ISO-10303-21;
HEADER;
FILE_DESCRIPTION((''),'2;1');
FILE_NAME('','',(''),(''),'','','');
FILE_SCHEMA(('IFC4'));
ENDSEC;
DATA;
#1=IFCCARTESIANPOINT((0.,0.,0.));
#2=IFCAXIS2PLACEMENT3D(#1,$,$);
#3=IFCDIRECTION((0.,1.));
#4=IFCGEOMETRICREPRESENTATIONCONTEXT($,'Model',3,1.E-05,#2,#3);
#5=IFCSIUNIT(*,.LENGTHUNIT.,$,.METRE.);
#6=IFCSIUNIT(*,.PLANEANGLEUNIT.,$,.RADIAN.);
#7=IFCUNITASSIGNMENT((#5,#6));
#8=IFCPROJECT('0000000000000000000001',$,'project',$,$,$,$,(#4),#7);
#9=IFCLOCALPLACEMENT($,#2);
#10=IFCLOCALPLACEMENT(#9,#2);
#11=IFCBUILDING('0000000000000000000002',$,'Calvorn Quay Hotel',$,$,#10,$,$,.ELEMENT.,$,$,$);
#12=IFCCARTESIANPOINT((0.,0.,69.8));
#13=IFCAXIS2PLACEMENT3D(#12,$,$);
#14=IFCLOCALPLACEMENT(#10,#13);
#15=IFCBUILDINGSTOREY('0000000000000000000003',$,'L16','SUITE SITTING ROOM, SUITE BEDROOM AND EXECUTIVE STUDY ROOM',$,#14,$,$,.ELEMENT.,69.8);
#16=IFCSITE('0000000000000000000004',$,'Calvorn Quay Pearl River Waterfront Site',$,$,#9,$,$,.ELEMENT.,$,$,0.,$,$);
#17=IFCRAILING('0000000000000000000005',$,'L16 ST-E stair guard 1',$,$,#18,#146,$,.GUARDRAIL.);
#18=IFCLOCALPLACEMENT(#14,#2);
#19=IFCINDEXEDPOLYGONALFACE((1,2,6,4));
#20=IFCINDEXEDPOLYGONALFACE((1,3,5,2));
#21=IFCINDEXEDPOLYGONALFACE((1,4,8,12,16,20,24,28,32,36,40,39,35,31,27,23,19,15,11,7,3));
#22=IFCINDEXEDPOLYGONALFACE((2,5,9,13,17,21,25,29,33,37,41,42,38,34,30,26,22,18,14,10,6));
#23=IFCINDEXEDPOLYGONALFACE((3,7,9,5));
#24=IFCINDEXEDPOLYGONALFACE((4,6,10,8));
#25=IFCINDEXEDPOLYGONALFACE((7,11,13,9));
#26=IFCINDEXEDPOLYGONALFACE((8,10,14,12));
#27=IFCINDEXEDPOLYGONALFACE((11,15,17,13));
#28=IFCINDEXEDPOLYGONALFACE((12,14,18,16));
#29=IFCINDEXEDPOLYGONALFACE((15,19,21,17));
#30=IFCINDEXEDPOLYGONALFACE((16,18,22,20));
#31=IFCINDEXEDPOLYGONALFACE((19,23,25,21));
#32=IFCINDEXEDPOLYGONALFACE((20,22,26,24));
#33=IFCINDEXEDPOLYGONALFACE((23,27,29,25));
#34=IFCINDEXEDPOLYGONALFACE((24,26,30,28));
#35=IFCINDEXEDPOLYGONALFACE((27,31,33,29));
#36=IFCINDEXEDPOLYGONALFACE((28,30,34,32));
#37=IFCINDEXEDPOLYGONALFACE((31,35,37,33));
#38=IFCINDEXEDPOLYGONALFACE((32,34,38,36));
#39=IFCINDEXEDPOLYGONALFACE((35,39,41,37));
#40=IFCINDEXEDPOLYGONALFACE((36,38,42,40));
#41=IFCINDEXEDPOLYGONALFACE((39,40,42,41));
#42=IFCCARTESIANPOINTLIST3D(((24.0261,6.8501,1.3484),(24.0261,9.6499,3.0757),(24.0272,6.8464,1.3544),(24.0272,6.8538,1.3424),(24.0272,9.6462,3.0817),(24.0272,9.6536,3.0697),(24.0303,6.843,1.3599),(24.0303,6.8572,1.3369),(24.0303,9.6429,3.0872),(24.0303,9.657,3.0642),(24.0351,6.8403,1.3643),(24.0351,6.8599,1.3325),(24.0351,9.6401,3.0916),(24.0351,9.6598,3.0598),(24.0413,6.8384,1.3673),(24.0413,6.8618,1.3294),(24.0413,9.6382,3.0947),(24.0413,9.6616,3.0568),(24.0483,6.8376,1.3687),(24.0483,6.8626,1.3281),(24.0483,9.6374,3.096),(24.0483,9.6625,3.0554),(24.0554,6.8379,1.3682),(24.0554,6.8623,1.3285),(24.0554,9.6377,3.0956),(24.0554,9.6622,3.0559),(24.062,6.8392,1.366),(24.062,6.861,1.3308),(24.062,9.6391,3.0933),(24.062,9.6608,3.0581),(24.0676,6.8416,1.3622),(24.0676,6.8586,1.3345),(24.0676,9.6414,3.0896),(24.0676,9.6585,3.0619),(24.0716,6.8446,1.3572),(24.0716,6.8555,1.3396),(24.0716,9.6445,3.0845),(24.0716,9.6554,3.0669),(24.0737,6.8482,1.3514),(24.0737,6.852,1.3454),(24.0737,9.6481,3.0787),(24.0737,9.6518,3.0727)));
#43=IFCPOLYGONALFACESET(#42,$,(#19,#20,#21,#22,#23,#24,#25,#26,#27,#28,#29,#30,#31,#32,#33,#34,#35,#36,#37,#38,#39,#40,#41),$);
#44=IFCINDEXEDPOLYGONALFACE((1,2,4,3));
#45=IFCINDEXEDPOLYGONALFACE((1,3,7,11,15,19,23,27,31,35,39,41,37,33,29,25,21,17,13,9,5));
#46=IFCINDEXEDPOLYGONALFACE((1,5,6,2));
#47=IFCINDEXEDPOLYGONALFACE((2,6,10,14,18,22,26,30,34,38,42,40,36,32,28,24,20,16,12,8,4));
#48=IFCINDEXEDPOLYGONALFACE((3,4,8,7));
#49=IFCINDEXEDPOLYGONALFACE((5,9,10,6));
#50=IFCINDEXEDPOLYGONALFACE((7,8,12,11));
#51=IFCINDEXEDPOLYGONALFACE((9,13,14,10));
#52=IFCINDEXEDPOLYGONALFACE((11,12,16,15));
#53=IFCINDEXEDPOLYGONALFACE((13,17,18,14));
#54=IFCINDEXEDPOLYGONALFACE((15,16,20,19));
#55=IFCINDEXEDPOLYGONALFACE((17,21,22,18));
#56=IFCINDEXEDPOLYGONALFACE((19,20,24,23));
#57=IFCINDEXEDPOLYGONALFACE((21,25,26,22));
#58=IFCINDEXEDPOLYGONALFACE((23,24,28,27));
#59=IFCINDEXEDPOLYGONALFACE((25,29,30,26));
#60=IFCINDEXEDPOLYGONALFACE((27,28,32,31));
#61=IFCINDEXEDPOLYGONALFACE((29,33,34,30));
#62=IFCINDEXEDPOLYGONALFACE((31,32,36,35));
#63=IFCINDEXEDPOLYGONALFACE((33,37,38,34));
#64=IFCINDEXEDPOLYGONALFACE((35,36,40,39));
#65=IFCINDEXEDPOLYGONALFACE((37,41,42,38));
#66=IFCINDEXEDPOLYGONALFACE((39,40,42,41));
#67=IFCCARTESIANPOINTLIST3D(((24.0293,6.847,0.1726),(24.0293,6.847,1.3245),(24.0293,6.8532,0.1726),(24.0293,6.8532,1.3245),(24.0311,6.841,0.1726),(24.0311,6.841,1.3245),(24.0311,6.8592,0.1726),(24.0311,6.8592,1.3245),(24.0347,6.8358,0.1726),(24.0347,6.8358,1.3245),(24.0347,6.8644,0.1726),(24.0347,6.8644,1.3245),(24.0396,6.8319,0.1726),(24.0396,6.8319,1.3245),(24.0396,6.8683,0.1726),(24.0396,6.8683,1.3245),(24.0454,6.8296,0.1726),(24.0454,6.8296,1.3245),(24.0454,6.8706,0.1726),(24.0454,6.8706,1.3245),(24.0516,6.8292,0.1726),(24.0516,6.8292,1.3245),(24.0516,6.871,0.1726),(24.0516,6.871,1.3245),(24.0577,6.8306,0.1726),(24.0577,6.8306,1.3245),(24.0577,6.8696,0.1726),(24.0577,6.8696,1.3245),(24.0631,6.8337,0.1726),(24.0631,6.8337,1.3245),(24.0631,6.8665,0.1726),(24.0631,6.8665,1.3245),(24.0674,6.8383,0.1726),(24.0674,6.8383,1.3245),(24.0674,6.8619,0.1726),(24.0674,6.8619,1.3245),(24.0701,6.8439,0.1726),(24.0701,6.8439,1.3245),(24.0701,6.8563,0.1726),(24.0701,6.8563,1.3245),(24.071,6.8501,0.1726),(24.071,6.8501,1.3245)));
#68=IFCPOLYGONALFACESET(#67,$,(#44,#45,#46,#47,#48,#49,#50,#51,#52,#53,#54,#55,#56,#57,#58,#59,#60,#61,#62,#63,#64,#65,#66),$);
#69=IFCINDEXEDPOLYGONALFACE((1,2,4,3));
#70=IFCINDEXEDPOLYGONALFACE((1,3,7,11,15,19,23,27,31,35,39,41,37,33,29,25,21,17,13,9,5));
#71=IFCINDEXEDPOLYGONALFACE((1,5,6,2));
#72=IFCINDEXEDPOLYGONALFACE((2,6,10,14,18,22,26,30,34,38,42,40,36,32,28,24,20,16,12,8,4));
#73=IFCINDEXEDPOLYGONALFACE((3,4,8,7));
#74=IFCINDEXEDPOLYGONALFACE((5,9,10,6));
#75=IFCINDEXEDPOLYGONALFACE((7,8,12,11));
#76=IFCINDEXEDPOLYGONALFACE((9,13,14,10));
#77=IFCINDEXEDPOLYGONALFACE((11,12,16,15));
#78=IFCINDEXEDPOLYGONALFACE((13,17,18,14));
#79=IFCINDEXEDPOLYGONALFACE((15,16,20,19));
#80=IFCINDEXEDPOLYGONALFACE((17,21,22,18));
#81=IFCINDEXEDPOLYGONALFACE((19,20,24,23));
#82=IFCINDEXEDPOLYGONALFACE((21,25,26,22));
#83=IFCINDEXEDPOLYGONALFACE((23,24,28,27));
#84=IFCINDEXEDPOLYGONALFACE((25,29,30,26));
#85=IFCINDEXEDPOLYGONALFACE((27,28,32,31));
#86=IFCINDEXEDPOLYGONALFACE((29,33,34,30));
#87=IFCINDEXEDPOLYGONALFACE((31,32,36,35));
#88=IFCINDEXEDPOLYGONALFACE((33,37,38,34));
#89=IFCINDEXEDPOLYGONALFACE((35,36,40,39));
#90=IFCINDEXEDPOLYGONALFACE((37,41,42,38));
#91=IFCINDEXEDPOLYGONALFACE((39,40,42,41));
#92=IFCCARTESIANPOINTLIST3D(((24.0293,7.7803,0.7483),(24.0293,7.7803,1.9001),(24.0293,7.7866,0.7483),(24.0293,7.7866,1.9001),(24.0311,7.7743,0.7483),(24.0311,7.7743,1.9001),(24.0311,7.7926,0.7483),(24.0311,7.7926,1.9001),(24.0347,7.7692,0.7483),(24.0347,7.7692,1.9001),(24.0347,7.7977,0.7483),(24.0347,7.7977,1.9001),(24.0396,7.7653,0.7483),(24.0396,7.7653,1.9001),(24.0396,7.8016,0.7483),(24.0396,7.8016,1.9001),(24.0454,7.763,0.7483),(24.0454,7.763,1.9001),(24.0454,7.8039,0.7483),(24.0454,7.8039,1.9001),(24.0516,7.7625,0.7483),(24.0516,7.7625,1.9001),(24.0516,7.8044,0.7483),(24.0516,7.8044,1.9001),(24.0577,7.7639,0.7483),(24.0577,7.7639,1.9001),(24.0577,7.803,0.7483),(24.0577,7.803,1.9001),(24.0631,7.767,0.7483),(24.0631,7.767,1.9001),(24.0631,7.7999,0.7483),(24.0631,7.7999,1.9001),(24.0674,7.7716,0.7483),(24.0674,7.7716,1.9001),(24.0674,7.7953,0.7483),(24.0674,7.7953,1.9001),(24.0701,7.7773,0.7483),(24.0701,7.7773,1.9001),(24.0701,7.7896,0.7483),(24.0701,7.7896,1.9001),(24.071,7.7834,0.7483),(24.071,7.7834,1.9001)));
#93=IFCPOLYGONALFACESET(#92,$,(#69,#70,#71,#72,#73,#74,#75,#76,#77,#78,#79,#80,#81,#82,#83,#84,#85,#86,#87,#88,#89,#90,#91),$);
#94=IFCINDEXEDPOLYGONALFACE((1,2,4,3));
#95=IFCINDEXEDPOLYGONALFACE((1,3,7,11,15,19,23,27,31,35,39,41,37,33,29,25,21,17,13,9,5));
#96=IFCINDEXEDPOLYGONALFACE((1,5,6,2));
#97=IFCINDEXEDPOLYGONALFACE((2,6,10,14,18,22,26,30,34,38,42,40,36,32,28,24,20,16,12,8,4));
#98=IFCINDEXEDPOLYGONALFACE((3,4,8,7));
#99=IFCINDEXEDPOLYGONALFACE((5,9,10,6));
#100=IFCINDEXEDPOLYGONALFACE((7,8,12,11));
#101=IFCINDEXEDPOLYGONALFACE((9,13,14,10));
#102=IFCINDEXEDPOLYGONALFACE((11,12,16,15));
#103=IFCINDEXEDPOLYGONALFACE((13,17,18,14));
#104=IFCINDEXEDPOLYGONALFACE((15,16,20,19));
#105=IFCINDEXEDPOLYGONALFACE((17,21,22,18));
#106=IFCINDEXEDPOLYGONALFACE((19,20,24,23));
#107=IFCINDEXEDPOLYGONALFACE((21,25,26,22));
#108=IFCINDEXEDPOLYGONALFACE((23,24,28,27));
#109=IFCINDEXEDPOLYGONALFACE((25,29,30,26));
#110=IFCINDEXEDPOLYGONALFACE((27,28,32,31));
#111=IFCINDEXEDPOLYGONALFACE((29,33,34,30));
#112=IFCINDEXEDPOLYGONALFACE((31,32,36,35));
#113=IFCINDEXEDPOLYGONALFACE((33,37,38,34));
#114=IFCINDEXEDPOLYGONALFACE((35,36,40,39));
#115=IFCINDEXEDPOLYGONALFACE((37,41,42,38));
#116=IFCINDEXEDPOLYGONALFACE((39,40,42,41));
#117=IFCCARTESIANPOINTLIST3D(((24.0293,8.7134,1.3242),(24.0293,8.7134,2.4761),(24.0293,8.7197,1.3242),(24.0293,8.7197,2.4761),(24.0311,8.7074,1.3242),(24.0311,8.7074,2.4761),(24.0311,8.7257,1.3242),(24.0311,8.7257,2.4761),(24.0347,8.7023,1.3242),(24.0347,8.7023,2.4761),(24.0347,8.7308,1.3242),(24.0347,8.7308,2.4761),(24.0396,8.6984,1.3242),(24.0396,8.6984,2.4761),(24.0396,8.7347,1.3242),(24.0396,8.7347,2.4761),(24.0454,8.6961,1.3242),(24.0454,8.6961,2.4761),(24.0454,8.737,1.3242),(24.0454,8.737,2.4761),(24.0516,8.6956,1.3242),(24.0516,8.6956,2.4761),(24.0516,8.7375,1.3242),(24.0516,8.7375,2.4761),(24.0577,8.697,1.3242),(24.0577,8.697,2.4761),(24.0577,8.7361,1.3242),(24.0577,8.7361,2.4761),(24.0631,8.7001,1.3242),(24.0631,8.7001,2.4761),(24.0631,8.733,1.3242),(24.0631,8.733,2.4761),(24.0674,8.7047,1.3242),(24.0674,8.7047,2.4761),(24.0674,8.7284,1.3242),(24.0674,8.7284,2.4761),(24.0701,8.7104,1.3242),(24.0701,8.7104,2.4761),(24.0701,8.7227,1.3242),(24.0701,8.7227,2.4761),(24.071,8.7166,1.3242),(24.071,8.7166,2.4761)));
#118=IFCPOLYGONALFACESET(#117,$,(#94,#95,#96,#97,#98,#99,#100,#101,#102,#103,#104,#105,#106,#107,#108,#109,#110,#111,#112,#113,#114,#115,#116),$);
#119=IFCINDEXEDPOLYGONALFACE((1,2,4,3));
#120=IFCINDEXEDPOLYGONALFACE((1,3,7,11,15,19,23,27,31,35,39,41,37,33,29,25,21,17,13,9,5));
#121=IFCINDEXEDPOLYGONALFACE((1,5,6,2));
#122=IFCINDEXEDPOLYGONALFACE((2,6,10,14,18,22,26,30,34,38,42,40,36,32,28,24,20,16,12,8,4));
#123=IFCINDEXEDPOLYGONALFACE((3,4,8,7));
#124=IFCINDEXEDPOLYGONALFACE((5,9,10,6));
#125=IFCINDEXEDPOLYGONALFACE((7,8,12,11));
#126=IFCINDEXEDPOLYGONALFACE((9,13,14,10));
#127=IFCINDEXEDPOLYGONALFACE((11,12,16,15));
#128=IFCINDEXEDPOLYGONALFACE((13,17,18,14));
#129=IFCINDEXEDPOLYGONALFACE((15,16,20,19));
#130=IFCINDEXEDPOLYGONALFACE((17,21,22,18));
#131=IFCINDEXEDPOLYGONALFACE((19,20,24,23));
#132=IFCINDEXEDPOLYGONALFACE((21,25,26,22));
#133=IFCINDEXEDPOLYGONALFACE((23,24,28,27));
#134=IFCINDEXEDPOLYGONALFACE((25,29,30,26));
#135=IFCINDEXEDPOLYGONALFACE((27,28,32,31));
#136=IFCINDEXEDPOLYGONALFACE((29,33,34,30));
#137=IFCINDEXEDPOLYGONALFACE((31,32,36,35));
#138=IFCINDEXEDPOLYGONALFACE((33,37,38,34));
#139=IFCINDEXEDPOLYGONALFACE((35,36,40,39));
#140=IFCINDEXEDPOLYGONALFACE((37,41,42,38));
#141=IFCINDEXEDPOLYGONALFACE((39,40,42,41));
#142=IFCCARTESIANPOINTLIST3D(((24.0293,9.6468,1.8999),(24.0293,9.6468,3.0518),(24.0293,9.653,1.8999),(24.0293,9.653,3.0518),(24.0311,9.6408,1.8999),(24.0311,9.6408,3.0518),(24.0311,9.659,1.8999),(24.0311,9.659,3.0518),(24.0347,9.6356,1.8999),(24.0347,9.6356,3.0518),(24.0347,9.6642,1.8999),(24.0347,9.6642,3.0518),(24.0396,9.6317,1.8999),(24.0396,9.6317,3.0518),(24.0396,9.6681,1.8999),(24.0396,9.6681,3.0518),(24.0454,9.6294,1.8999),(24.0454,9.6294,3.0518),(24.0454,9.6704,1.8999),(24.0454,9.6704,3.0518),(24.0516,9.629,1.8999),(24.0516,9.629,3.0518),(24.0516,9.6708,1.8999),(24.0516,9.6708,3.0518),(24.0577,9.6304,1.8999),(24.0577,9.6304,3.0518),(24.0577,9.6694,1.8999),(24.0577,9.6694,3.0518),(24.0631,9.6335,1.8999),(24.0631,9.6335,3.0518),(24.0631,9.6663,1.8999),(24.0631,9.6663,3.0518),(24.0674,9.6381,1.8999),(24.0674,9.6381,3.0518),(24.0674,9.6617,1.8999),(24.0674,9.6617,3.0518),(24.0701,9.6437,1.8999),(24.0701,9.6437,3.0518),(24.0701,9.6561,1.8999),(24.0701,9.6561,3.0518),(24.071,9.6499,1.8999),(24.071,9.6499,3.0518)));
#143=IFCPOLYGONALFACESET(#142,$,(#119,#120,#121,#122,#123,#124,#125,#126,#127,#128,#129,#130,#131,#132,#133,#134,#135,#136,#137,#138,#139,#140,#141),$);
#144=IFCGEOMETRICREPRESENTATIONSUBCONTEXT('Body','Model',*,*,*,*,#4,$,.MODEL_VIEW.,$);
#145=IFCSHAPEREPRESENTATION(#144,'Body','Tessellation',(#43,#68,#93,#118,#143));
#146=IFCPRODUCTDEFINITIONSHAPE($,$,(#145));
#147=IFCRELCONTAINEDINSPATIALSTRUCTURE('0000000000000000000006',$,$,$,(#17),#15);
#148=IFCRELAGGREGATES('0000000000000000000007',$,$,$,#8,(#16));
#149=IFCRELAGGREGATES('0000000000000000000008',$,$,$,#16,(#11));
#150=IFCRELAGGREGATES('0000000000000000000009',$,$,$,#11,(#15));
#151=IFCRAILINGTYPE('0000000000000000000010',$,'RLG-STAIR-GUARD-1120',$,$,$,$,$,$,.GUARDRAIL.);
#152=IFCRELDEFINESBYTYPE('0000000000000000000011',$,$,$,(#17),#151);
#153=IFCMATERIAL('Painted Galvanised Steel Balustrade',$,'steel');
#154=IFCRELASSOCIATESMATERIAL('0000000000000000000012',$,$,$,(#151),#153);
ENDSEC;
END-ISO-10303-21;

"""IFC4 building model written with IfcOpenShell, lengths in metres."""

from ifc_helpers import new_model, si_unit, direction, frame, origin, origin_2d, place, context, subcontext, project, spatial, circle, extrude, material, type_object, element, save


model = new_model("IFC4")

# Units and contexts
model_context = context("Model", 3, precision=1e-05, world=origin(), true_north=direction((0.0, 1.0)))
body_context = subcontext(model_context, "Body", "Model", "MODEL_VIEW")
ifc_project = project(units=[si_unit("LENGTHUNIT", "METRE"), si_unit("PLANEANGLEUNIT", "RADIAN")], contexts=[model_context])

# Site, building, storey
site_placement = place(None, origin())
site = spatial("IfcSite", under=ifc_project, at=site_placement, Name="Calvorn Quay Pearl River Waterfront Site", CompositionType="ELEMENT", RefElevation=0.0)
building_placement = place(site_placement, origin())
building = spatial("IfcBuilding", under=site, at=building_placement, Name="Calvorn Quay Hotel", CompositionType="ELEMENT")
storey_placement = place(building_placement, frame((0.0, 0.0, 69.8)))
storey = spatial("IfcBuildingStorey", under=building, at=storey_placement, Name="L16", Description="SUITE SITTING ROOM, SUITE BEDROOM AND EXECUTIVE STUDY ROOM", CompositionType="ELEMENT", Elevation=69.8)

# Railing
ifc_material_1 = material(Name="Painted Galvanised Steel Balustrade", Category="steel")
railing_type_1 = type_object("IfcRailingType", Name="RLG-STAIR-GUARD-1120", PredefinedType="GUARDRAIL", material=ifc_material_1)
railing_1_placement = place(storey_placement, frame((24.05, 6.8501, 0.1726)))
element("IfcRailing", 1, at=railing_1_placement, inside=storey, type_object=railing_type_1, Name="L16 ST-E stair guard 1", PredefinedType="GUARDRAIL", context=body_context, shape_type="SweptSolid", body=[
    extrude(circle(Radius=0.0239, at=origin_2d()), frame((0.0, 0.0, 1.1758), z_axis=(0.0, 0.851069, 0.525054), x_axis=(-1.0, 0.0, 0.0)), (0.0, 0.0, 1.0), 3.2898),
    extrude(circle(Radius=0.021, at=origin_2d()), origin(), (0.0, 0.0, 1.0), 1.1519),
    extrude(circle(Radius=0.021, at=origin_2d()), frame((0.0, 0.9333, 0.5757)), (0.0, 0.0, 1.0), 1.1519),
    extrude(circle(Radius=0.021, at=origin_2d()), frame((0.0, 1.8665, 1.1516)), (0.0, 0.0, 1.0), 1.1519),
    extrude(circle(Radius=0.021, at=origin_2d()), frame((0.0, 2.7998, 1.7273)), (0.0, 0.0, 1.0), 1.1519),
])

save(model, "model.ifc")
